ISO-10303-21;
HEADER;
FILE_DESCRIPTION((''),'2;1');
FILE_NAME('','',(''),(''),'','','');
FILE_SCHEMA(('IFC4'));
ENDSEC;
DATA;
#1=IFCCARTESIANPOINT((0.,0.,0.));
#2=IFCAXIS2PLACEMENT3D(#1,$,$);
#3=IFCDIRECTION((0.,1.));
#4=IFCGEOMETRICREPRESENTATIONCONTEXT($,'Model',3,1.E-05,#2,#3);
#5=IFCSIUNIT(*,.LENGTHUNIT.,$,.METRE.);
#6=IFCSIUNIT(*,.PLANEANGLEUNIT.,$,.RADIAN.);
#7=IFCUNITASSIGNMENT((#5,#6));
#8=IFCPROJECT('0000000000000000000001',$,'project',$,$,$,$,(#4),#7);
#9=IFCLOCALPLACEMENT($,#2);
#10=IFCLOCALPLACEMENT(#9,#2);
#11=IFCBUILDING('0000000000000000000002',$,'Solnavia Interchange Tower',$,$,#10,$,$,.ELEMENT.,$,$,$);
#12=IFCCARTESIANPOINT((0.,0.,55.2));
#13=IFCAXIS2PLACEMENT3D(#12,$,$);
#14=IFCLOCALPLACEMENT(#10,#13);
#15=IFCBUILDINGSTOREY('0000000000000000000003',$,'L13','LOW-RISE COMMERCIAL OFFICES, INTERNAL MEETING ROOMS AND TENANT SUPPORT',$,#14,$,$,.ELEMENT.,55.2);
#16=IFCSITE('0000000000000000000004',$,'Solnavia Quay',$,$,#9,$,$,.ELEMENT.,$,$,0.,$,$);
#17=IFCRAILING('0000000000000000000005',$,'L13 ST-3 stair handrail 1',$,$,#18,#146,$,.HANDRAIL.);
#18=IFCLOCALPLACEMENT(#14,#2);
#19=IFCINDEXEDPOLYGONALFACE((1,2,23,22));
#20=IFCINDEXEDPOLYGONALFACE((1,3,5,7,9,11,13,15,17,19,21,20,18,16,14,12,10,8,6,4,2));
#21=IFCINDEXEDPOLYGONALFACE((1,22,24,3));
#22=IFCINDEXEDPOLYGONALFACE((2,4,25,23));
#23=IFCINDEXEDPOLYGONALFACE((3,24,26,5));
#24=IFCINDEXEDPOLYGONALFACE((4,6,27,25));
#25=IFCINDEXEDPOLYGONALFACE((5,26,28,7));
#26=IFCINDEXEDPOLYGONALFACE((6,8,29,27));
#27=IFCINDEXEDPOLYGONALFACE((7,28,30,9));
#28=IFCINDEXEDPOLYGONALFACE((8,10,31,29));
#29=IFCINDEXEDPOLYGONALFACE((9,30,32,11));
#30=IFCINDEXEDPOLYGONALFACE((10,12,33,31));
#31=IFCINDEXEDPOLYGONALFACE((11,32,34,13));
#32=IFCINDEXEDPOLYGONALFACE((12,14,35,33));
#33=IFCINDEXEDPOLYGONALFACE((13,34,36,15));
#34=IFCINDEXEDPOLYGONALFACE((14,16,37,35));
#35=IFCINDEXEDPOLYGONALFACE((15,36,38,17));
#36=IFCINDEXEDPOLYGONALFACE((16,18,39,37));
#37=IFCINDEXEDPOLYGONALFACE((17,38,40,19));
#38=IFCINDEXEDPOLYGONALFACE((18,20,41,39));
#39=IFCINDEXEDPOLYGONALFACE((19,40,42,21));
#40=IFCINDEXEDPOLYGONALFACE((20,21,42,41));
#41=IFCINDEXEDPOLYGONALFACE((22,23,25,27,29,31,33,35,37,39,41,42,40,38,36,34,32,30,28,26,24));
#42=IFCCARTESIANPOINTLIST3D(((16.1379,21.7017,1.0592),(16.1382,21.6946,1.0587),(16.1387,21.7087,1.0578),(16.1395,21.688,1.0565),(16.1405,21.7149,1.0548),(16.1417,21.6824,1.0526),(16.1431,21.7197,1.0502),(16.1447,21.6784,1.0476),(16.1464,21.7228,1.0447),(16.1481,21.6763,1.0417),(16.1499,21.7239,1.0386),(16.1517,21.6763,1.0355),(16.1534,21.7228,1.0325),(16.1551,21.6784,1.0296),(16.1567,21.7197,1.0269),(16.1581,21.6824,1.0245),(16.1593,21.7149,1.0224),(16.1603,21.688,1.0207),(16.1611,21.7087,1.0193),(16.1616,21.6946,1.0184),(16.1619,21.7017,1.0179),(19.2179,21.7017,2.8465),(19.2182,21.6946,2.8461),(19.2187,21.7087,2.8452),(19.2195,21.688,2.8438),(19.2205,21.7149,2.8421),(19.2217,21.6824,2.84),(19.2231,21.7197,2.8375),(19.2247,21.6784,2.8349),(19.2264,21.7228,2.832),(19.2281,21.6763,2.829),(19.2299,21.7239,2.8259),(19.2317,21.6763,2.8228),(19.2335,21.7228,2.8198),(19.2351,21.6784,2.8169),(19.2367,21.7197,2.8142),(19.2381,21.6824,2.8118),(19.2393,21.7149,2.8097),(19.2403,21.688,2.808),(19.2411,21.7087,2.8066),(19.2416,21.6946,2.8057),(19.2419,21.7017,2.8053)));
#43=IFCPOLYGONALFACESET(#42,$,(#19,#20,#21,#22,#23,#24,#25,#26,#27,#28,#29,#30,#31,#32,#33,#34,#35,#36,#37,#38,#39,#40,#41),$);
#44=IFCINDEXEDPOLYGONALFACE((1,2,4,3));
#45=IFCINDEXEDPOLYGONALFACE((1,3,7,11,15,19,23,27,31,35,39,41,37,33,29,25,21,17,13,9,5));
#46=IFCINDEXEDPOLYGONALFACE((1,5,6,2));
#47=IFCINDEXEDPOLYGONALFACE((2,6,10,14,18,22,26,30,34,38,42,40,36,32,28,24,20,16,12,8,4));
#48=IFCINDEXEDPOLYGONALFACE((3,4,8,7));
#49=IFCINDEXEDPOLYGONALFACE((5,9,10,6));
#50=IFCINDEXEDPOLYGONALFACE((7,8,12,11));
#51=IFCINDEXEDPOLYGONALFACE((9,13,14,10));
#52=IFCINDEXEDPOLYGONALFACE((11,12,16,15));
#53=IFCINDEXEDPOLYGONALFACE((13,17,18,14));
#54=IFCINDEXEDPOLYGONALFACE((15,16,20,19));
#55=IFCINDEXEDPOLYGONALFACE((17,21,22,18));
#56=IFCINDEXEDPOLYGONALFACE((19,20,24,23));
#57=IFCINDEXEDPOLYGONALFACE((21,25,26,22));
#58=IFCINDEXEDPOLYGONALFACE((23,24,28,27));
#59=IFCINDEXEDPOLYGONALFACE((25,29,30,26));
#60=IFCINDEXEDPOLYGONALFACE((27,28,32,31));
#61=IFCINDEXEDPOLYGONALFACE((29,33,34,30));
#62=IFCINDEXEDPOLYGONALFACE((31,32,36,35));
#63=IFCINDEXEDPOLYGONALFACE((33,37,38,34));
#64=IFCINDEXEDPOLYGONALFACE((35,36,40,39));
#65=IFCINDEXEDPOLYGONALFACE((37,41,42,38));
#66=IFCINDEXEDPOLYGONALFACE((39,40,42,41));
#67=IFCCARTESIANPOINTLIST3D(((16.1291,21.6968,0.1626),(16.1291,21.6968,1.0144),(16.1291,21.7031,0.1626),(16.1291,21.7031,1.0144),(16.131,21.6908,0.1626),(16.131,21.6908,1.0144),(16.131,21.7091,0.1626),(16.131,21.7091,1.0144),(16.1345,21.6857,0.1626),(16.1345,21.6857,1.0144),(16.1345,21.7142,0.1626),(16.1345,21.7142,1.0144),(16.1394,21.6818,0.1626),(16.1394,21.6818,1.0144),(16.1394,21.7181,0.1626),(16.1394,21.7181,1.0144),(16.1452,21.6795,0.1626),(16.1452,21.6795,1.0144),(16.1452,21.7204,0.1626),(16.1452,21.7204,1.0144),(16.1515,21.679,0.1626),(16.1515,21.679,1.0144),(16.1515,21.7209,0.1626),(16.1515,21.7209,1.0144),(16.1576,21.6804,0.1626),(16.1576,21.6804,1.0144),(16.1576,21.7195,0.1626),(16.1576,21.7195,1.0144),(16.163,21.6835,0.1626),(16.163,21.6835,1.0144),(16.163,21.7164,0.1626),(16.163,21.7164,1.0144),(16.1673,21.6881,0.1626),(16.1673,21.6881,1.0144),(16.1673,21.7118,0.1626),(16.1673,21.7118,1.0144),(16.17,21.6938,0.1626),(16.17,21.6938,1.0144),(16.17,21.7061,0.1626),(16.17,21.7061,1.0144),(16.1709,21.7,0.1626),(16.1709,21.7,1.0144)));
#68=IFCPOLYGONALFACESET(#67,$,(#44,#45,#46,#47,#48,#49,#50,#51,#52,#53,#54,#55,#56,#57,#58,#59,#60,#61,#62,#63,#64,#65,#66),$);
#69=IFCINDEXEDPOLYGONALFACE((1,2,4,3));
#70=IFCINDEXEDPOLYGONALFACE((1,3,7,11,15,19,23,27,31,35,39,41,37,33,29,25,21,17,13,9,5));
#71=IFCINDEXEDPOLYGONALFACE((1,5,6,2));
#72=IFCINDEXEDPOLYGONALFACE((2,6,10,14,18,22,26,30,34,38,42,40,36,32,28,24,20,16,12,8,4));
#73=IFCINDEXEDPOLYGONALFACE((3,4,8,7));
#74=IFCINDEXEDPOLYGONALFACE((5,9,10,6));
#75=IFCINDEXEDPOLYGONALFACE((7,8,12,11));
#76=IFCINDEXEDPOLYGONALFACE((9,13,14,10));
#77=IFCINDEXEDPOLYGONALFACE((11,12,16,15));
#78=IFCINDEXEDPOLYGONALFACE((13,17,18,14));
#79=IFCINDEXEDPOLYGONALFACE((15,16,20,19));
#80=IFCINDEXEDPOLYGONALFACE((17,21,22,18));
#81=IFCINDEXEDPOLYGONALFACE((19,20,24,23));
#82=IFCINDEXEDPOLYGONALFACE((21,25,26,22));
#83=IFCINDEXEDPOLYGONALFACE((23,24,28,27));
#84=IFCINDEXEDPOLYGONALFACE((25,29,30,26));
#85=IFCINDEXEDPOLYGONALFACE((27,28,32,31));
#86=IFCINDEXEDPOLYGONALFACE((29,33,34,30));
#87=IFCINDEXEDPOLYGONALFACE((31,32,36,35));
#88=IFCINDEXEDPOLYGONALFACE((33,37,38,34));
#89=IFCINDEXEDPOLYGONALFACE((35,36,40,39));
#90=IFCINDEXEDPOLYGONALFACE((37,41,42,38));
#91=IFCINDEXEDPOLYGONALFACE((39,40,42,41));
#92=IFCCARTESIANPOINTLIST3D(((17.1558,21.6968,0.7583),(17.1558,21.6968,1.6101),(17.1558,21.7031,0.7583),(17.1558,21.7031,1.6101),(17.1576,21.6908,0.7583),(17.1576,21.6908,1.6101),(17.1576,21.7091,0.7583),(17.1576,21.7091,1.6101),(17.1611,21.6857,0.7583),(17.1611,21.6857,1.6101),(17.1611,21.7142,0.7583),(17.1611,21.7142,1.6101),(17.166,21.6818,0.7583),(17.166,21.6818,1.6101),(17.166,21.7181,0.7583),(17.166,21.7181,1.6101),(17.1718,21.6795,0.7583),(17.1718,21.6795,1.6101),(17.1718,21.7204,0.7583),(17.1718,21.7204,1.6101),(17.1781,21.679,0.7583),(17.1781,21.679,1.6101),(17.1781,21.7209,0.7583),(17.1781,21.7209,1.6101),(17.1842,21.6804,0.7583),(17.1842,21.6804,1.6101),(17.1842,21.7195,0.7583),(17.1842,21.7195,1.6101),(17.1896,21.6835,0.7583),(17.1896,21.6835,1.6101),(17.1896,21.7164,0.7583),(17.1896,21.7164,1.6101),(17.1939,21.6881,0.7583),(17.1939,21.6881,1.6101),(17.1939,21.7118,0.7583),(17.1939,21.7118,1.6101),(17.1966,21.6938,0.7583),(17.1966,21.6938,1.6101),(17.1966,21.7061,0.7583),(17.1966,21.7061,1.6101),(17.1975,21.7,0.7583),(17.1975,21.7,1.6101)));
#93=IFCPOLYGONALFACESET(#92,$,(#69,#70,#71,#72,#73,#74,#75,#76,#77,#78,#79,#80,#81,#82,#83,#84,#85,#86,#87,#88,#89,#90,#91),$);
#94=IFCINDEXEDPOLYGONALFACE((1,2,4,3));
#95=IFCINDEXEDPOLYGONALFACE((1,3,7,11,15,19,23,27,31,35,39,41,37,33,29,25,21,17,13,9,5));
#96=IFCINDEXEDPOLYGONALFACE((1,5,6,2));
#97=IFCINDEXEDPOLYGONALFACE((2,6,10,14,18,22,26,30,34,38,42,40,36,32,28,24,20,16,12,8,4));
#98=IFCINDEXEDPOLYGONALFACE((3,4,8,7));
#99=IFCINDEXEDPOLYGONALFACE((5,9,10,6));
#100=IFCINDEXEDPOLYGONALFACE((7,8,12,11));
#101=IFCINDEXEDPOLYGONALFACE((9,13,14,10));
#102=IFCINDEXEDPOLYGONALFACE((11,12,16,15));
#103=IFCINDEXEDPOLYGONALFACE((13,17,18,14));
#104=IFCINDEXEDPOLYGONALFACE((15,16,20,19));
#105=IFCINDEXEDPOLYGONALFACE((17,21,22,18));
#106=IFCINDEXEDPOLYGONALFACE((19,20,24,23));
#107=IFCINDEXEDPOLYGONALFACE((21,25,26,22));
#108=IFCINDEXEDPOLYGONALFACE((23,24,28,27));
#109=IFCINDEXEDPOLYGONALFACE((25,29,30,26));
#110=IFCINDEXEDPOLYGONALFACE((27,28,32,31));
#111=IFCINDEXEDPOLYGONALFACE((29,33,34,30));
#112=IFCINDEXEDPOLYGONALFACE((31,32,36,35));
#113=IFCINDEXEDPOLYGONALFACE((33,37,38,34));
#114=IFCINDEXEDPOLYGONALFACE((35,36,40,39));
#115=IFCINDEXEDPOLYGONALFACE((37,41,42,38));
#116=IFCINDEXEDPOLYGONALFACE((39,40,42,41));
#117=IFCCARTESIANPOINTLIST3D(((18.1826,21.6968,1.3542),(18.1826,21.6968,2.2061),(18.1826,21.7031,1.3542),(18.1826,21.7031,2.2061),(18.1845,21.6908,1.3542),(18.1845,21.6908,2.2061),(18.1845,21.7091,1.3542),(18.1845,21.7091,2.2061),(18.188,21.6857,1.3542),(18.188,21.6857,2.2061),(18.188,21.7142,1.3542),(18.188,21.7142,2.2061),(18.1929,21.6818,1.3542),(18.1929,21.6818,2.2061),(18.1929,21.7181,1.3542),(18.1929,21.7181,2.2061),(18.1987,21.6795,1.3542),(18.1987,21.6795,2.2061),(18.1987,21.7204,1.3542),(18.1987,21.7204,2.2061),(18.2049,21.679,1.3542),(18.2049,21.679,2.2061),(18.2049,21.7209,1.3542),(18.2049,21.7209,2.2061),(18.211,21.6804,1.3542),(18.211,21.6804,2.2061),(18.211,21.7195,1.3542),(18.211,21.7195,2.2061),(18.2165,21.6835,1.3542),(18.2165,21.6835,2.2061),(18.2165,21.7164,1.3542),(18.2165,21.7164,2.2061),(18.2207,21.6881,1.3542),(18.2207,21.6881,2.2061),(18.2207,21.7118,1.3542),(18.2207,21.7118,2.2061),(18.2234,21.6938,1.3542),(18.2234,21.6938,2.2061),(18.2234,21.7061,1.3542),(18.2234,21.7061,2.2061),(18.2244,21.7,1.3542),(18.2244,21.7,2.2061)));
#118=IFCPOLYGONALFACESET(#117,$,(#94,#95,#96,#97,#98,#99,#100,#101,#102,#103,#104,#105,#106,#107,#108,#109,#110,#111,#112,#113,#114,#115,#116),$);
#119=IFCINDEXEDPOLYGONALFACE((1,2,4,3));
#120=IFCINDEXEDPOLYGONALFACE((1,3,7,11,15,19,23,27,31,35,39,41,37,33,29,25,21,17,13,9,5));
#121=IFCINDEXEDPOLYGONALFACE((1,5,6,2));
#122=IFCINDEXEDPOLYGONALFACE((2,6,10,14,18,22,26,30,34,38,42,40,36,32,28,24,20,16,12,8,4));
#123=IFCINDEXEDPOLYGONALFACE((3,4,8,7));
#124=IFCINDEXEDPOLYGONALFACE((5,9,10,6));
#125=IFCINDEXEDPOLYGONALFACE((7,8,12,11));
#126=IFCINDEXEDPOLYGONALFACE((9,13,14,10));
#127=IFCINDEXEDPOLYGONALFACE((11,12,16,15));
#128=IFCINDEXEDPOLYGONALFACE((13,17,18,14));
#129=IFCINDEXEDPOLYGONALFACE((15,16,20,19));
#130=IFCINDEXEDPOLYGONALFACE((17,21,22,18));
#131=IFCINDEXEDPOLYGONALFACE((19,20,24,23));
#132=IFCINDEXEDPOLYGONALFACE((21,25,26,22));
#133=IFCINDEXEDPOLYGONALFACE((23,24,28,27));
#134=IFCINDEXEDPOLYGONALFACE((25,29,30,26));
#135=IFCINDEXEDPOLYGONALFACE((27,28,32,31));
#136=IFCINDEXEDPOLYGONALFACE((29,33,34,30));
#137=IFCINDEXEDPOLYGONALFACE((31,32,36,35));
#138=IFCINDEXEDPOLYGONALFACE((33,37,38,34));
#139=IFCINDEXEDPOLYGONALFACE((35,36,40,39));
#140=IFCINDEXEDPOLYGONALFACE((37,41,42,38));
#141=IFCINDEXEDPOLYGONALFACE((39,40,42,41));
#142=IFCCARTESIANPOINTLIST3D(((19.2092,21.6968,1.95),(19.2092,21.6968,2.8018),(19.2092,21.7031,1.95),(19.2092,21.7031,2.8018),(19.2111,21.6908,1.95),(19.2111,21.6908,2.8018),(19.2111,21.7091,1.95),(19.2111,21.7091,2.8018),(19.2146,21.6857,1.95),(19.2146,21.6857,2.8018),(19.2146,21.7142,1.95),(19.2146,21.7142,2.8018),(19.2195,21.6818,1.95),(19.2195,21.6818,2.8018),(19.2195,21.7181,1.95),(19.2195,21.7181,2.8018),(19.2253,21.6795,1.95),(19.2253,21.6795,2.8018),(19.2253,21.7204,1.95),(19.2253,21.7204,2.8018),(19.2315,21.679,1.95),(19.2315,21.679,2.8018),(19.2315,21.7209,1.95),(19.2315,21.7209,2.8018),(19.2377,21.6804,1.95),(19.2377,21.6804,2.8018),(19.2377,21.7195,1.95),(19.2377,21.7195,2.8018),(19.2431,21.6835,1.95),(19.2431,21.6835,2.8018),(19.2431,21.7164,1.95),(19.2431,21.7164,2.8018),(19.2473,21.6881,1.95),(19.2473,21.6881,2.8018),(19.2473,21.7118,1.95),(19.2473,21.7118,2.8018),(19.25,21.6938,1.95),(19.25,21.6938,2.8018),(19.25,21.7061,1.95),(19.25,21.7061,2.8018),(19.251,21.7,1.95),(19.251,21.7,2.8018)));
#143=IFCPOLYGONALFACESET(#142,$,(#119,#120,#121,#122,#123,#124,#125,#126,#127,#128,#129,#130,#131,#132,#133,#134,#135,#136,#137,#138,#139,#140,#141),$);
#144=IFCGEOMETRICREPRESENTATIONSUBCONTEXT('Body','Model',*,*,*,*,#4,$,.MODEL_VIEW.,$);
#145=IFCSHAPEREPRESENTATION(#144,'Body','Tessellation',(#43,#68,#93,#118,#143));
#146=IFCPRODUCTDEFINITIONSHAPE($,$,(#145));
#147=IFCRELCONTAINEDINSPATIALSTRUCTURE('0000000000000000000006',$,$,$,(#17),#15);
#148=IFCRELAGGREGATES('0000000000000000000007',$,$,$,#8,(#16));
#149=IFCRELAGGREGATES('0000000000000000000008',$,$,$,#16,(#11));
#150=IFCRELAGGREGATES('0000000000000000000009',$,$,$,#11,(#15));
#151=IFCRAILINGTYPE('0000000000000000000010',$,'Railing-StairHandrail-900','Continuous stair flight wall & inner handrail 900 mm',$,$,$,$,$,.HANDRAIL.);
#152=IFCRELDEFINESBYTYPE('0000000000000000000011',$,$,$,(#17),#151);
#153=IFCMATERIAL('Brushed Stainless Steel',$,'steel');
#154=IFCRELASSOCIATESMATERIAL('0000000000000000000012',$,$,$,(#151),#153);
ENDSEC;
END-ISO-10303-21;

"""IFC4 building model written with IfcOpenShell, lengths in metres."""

from ifc_helpers import new_model, si_unit, direction, frame, origin, origin_2d, place, context, subcontext, project, spatial, circle, extrude, material, type_object, element, save


model = new_model("IFC4")

# Units and contexts
model_context = context("Model", 3, precision=1e-05, world=origin(), true_north=direction((0.0, 1.0)))
body_context = subcontext(model_context, "Body", "Model", "MODEL_VIEW")
ifc_project = project(units=[si_unit("LENGTHUNIT", "METRE"), si_unit("PLANEANGLEUNIT", "RADIAN")], contexts=[model_context])

# Site, building, storey
site_placement = place(None, origin())
site = spatial("IfcSite", under=ifc_project, at=site_placement, Name="Solnavia Quay", CompositionType="ELEMENT", RefElevation=0.0)
building_placement = place(site_placement, origin())
building = spatial("IfcBuilding", under=site, at=building_placement, Name="Solnavia Interchange Tower", CompositionType="ELEMENT")
storey_placement = place(building_placement, frame((0.0, 0.0, 55.2)))
storey = spatial("IfcBuildingStorey", under=building, at=storey_placement, Name="L13", Description="LOW-RISE COMMERCIAL OFFICES, INTERNAL MEETING ROOMS AND TENANT SUPPORT", CompositionType="ELEMENT", Elevation=55.2)

# Railing
ifc_material_1 = material(Name="Brushed Stainless Steel", Category="steel")
railing_type_1 = type_object("IfcRailingType", Name="Railing-StairHandrail-900", Description="Continuous stair flight wall & inner handrail 900 mm", PredefinedType="HANDRAIL", material=ifc_material_1)
railing_1_placement = place(storey_placement, frame((16.1499, 21.7, 0.1626)))
element("IfcRailing", 1, at=railing_1_placement, inside=storey, type_object=railing_type_1, Name="L13 ST-3 stair handrail 1", PredefinedType="HANDRAIL", context=body_context, shape_type="SweptSolid", body=[
    extrude(circle(Radius=0.0239, at=origin_2d()), frame((0.0, 0.0, 0.876), z_axis=(0.86492, 0.0, 0.501909), x_axis=(0.0, 1.0, 0.0)), (0.0, 0.0, 1.0), 3.561),
    extrude(circle(Radius=0.021, at=origin_2d()), origin(), (0.0, 0.0, 1.0), 0.8518),
    extrude(circle(Radius=0.021, at=origin_2d()), frame((1.0266, 0.0, 0.5957)), (0.0, 0.0, 1.0), 0.8518),
    extrude(circle(Radius=0.021, at=origin_2d()), frame((2.0535, 0.0, 1.1917)), (0.0, 0.0, 1.0), 0.8518),
    extrude(circle(Radius=0.021, at=origin_2d()), frame((3.0801, 0.0, 1.7874)), (0.0, 0.0, 1.0), 0.8518),
])

save(model, "model.ifc")
